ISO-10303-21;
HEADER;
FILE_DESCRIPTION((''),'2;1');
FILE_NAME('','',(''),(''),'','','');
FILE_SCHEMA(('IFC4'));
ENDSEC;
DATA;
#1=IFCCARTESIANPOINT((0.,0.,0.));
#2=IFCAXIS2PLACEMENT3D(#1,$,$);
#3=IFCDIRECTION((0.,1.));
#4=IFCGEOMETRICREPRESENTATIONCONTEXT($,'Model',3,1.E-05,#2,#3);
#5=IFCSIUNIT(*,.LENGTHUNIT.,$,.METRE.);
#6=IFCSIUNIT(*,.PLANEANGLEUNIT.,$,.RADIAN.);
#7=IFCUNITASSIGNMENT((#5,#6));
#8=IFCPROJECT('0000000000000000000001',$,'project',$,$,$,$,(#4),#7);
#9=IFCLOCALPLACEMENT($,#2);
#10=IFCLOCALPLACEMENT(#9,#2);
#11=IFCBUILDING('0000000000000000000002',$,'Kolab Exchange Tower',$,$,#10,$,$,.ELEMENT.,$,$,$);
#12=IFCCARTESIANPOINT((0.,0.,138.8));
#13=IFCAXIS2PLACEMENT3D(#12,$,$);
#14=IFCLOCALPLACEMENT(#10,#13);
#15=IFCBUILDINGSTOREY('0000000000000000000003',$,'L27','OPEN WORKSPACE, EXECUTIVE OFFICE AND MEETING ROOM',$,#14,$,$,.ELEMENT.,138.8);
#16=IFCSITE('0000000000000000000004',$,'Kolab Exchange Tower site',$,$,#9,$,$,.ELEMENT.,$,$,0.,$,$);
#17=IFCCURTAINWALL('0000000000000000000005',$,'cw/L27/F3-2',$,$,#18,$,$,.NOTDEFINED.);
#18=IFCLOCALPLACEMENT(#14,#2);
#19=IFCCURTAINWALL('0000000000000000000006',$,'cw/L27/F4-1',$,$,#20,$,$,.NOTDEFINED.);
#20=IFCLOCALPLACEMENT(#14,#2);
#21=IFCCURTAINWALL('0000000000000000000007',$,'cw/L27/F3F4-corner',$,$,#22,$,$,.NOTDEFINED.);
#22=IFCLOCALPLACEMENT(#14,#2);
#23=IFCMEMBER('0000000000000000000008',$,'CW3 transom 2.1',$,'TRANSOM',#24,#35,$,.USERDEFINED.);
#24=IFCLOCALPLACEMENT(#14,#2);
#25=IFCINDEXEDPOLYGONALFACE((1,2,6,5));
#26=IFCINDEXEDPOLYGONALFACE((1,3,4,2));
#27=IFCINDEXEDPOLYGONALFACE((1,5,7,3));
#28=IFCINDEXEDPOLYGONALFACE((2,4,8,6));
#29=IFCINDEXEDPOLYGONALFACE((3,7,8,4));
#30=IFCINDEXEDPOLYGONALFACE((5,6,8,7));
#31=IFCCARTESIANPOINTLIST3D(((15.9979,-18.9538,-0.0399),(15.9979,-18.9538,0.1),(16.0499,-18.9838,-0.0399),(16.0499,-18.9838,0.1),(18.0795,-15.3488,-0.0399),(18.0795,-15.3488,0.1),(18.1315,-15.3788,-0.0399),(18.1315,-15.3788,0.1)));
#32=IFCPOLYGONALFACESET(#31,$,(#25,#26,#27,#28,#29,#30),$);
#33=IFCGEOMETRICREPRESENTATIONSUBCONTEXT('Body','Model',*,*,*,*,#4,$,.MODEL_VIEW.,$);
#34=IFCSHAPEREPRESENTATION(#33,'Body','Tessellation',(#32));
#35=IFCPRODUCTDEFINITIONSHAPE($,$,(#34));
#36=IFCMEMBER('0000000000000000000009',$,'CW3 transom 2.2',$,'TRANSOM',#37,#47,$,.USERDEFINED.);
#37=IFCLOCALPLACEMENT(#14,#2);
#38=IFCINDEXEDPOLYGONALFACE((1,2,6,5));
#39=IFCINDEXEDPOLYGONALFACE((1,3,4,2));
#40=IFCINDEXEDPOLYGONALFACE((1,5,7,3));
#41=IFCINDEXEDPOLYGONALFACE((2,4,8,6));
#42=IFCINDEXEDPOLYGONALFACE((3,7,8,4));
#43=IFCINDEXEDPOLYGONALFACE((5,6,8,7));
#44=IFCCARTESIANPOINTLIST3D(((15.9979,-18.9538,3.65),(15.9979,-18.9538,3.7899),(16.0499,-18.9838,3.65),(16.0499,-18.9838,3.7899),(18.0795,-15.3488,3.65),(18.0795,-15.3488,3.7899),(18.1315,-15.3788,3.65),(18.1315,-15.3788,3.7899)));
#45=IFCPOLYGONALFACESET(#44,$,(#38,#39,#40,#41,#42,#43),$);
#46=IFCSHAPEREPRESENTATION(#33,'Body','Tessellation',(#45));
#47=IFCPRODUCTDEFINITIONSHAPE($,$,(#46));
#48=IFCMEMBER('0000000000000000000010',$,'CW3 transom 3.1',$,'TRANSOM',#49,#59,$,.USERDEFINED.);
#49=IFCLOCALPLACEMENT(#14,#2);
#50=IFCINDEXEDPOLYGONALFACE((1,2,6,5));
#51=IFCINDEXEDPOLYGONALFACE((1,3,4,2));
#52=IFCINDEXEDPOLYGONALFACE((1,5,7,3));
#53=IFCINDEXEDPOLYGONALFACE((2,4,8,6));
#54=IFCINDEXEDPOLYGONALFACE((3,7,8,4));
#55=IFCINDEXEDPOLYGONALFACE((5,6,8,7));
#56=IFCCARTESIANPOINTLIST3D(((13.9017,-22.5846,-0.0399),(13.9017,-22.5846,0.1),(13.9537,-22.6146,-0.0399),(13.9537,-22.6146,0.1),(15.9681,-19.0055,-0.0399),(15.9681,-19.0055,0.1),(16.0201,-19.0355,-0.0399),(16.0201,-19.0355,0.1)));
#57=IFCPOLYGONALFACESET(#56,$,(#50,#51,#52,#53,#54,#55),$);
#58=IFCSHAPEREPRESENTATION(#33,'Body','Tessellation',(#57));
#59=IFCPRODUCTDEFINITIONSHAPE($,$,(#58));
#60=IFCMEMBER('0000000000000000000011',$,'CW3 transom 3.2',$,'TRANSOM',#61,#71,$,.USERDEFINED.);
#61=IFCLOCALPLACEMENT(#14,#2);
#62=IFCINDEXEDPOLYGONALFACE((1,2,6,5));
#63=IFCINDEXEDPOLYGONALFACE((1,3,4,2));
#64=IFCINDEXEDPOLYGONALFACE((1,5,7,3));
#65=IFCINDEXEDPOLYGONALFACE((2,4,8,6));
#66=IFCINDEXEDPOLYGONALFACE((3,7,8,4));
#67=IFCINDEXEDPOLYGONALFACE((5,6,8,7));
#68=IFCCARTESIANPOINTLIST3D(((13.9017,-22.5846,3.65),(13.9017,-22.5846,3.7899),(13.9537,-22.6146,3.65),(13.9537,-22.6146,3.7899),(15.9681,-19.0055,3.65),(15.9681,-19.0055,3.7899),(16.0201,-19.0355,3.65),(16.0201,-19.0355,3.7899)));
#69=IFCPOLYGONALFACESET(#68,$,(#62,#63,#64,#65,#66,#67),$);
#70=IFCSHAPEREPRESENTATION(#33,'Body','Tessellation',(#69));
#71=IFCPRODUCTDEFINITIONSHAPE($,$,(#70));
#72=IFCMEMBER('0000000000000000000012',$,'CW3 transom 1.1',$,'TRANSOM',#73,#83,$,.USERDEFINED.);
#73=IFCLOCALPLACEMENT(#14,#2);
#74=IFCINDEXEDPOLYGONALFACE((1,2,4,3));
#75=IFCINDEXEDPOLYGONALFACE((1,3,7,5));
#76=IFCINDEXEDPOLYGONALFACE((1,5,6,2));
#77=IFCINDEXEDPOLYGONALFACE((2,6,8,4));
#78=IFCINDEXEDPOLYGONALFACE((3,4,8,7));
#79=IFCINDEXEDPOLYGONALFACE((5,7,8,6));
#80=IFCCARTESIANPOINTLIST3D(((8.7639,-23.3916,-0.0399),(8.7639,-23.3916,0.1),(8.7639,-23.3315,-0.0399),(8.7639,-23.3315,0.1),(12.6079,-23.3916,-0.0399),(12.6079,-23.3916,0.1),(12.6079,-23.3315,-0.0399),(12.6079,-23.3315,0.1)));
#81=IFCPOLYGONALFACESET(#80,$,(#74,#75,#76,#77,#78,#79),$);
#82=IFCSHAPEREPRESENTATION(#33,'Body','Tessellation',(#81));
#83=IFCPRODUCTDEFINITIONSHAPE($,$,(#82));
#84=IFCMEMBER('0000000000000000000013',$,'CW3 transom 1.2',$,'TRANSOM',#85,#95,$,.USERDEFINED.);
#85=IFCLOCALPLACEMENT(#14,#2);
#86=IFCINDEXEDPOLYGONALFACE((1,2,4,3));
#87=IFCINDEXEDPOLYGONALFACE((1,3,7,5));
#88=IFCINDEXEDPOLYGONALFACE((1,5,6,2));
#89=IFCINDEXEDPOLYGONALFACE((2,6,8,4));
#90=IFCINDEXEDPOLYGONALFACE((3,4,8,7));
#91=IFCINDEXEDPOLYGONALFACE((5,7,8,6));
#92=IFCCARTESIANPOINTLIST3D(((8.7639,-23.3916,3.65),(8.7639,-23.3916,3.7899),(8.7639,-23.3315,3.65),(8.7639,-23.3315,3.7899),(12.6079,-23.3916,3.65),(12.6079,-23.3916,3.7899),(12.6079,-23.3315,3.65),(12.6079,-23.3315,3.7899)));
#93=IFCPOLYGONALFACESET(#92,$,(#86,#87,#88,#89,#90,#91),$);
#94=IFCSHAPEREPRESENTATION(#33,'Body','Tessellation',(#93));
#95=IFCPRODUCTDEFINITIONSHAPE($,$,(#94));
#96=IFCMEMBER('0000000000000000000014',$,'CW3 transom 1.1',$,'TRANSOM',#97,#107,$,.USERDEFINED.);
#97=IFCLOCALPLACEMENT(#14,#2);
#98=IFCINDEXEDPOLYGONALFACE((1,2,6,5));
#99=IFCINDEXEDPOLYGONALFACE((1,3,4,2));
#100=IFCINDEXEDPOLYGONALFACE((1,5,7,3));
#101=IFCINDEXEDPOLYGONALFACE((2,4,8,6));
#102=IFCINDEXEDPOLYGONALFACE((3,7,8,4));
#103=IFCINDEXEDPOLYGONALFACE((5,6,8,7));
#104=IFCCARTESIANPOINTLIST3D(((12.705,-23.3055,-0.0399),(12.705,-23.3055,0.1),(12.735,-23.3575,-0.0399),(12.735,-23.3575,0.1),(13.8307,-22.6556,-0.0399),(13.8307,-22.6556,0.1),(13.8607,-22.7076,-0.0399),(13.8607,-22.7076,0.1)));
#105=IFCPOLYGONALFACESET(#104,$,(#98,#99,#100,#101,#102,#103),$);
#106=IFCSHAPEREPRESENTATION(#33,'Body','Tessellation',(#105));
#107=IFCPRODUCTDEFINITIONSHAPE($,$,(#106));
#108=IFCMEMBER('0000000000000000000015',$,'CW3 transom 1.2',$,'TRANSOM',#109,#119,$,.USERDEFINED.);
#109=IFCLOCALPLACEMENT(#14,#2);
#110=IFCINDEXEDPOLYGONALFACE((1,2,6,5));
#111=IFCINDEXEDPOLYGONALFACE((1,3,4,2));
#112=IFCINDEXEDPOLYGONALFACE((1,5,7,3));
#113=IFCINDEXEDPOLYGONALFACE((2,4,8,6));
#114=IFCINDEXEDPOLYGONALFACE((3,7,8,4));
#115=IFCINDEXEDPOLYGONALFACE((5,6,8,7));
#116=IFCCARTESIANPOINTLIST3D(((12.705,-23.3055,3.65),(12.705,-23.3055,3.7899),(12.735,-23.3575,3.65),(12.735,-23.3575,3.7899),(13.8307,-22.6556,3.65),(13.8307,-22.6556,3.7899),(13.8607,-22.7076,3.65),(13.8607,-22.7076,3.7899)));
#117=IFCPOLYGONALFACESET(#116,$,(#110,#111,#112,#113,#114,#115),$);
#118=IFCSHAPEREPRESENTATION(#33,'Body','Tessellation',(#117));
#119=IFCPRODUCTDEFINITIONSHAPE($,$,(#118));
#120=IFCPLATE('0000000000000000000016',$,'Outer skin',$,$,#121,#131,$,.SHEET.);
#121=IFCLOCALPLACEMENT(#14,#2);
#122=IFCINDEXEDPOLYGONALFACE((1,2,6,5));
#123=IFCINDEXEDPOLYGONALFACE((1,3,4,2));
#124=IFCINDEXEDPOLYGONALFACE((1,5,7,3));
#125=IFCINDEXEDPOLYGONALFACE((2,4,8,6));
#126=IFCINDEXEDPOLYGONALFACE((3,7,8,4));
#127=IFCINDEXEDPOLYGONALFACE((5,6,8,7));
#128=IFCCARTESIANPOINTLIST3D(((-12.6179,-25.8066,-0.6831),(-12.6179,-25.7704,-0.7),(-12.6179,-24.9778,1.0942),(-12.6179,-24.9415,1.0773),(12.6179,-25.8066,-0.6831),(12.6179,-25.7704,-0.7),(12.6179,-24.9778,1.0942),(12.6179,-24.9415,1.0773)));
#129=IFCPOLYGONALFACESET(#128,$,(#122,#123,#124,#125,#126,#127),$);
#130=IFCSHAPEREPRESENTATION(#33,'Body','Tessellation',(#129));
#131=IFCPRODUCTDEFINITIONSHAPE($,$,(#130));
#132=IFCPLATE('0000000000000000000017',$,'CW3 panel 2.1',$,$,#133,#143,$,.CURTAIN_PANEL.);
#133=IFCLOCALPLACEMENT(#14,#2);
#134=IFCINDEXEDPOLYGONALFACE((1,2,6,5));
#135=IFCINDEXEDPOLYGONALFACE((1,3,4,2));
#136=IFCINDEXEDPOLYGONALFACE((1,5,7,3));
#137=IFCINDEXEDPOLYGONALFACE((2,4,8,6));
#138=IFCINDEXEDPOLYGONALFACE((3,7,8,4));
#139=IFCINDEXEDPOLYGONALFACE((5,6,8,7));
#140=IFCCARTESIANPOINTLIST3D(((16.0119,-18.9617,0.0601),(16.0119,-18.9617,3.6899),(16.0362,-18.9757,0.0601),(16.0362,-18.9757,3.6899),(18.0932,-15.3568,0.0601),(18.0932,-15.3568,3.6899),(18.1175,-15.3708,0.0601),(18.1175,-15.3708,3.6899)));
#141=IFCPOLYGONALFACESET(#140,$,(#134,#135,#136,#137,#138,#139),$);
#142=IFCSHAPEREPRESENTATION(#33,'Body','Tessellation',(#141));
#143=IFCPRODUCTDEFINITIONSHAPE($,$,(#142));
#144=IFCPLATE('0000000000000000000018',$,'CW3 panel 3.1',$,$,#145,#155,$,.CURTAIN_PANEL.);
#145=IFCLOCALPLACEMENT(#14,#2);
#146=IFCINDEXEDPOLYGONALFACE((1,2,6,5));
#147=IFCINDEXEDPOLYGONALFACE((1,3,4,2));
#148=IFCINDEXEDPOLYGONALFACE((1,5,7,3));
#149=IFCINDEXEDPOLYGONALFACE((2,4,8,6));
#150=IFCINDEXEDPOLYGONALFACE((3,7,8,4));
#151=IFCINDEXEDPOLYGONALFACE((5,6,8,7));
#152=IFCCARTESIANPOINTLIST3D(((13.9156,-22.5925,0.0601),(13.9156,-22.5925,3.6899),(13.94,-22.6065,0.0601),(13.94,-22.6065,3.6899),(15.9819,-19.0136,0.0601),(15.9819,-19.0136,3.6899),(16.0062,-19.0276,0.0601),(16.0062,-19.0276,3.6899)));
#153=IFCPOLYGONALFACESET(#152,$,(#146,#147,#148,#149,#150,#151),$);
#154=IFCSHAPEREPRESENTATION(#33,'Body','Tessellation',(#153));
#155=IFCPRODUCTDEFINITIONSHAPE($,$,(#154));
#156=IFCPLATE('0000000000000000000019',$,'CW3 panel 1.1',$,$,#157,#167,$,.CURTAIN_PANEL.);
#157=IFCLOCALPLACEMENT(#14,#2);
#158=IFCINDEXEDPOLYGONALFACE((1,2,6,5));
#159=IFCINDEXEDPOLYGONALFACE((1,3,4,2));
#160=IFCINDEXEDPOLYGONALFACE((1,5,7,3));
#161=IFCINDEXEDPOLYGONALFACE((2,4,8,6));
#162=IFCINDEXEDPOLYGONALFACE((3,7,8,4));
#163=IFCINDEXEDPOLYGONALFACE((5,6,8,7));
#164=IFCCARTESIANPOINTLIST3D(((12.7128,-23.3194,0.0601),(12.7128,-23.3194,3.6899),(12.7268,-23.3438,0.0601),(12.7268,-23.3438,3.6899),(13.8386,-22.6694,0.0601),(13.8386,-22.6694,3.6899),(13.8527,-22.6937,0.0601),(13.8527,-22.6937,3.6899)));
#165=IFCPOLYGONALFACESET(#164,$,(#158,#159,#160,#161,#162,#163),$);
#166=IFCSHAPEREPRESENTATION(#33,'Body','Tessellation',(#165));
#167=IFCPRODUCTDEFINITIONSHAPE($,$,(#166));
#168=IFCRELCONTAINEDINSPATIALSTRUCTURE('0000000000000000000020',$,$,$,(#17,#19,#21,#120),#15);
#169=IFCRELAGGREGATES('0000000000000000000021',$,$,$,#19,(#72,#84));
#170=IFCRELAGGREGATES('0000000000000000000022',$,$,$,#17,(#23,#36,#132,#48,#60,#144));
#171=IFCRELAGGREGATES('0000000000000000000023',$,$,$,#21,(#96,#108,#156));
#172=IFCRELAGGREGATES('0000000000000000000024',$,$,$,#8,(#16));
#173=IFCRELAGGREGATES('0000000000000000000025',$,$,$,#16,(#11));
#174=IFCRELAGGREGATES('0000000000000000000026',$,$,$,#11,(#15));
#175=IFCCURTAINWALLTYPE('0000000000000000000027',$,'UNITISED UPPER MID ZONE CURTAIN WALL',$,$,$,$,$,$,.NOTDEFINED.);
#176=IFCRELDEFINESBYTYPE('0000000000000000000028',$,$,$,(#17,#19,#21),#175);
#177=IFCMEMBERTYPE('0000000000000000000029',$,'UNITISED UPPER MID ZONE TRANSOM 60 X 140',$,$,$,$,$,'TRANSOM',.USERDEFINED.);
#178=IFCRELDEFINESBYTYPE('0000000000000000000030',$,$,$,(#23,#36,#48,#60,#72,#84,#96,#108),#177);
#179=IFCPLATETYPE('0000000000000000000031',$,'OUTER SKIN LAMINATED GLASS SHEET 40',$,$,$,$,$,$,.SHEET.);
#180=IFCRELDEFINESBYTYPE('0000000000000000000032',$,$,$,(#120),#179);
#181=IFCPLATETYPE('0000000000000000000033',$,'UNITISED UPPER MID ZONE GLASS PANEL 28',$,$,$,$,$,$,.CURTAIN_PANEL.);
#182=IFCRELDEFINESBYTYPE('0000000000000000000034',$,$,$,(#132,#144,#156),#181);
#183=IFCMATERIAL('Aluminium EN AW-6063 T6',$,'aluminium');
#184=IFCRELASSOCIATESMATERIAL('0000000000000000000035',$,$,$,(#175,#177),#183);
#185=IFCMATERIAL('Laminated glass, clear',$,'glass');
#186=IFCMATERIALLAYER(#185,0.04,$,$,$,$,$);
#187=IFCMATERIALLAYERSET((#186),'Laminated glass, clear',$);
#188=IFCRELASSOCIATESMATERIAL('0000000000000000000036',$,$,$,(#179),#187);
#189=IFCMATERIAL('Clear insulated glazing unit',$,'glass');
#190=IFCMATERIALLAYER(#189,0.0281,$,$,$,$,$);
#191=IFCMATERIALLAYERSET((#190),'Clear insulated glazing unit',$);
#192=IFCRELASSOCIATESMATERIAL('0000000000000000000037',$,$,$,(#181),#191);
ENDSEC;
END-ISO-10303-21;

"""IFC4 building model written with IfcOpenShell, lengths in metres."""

from ifc_helpers import new_model, si_unit, direction, frame, origin, origin_2d, place, context, subcontext, project, spatial, polyline, rectangle, outline, extrude, material, layer, layer_set, material_profile, profile_set, type_object, element, aggregate, save


model = new_model("IFC4")

# Units and contexts
model_context = context("Model", 3, precision=1e-05, world=origin(), true_north=direction((0.0, 1.0)))
body_context = subcontext(model_context, "Body", "Model", "MODEL_VIEW")
ifc_project = project(units=[si_unit("LENGTHUNIT", "METRE"), si_unit("PLANEANGLEUNIT", "RADIAN")], contexts=[model_context])

# Site, building, storey
site_placement = place(None, origin())
site = spatial("IfcSite", under=ifc_project, at=site_placement, Name="Kolab Exchange Tower site", CompositionType="ELEMENT", RefElevation=0.0)
building_placement = place(site_placement, origin())
building = spatial("IfcBuilding", under=site, at=building_placement, Name="Kolab Exchange Tower", CompositionType="ELEMENT")
storey_placement = place(building_placement, frame((0.0, 0.0, 138.8)))
storey = spatial("IfcBuildingStorey", under=building, at=storey_placement, Name="L27", Description="OPEN WORKSPACE, EXECUTIVE OFFICE AND MEETING ROOM", CompositionType="ELEMENT", Elevation=138.8)

# Curtain wall
ifc_material_1 = material(Name="Aluminium EN AW-6063 T6", Category="aluminium")
curtain_wall_type = type_object("IfcCurtainWallType", Name="UNITISED UPPER MID ZONE CURTAIN WALL", PredefinedType="NOTDEFINED", material=ifc_material_1)
curtain_wall_1_placement = place(storey_placement, origin())
curtain_wall_1 = element("IfcCurtainWall", 1, at=curtain_wall_1_placement, inside=storey, type_object=curtain_wall_type, Name="cw/L27/F3-2", PredefinedType="NOTDEFINED")

# Curtain wall
curtain_wall_2_placement = place(storey_placement, origin())
curtain_wall_2 = element("IfcCurtainWall", 2, at=curtain_wall_2_placement, inside=storey, type_object=curtain_wall_type, Name="cw/L27/F4-1", PredefinedType="NOTDEFINED")

# Curtain wall
curtain_wall_3_placement = place(storey_placement, origin())
curtain_wall_3 = element("IfcCurtainWall", 3, at=curtain_wall_3_placement, inside=storey, type_object=curtain_wall_type, Name="cw/L27/F3F4-corner", PredefinedType="NOTDEFINED")

# Members
ifc_material_profile_1 = material_profile(ifc_material_1, rectangle(XDim=0.0601, YDim=0.1399, at=origin_2d()), Name="RECT 60X140")
ifc_profile_set_1 = profile_set([ifc_material_profile_1], Name="Aluminium EN AW-6063 T6")
member_type_1 = type_object("IfcMemberType", Name="UNITISED UPPER MID ZONE TRANSOM 60 X 140", ElementType="TRANSOM", PredefinedType="USERDEFINED", material=ifc_profile_set_1)
member_1_placement = place(storey_placement, frame((18.1055, -15.3638, 0.03), z_axis=(-0.500037, -0.866004, 0.0), x_axis=(0.866004, -0.500037, 0.0)))
member_1 = element("IfcMember", 4, at=member_1_placement, type_object=member_type_1, Name="CW3 transom 2.1", ObjectType="TRANSOM", PredefinedType="USERDEFINED", context=body_context, shape_type="SweptSolid", body=[
    extrude(rectangle(XDim=0.0601, YDim=0.1399, at=origin_2d()), origin(), (0.0, 0.0, 1.0), 4.1628),
])
member_2_placement = place(storey_placement, frame((18.1055, -15.3638, 3.72), z_axis=(-0.500037, -0.866004, 0.0), x_axis=(0.866004, -0.500037, 0.0)))
member_2 = element("IfcMember", 5, at=member_2_placement, type_object=member_type_1, Name="CW3 transom 2.2", ObjectType="TRANSOM", PredefinedType="USERDEFINED", context=body_context, shape_type="SweptSolid", body=[
    extrude(rectangle(XDim=0.0601, YDim=0.1399, at=origin_2d()), origin(), (0.0, 0.0, 1.0), 4.1628),
])
member_3_placement = place(storey_placement, frame((15.9941, -19.0205, 0.03), z_axis=(-0.500002, -0.866024, 0.0), x_axis=(0.866024, -0.500002, 0.0)))
member_3 = element("IfcMember", 6, at=member_3_placement, type_object=member_type_1, Name="CW3 transom 3.1", ObjectType="TRANSOM", PredefinedType="USERDEFINED", context=body_context, shape_type="SweptSolid", body=[
    extrude(rectangle(XDim=0.0601, YDim=0.1399, at=origin_2d()), origin(), (0.0, 0.0, 1.0), 4.1328),
])
member_4_placement = place(storey_placement, frame((15.9941, -19.0205, 3.72), z_axis=(-0.500002, -0.866024, 0.0), x_axis=(0.866024, -0.500002, 0.0)))
member_4 = element("IfcMember", 7, at=member_4_placement, type_object=member_type_1, Name="CW3 transom 3.2", ObjectType="TRANSOM", PredefinedType="USERDEFINED", context=body_context, shape_type="SweptSolid", body=[
    extrude(rectangle(XDim=0.0601, YDim=0.1399, at=origin_2d()), origin(), (0.0, 0.0, 1.0), 4.1328),
])
member_5_placement = place(storey_placement, frame((12.6079, -23.3616, 0.03), z_axis=(-1.0, 0.0, 0.0), x_axis=(0.0, -1.0, 0.0)))
member_5 = element("IfcMember", 8, at=member_5_placement, type_object=member_type_1, Name="CW3 transom 1.1", ObjectType="TRANSOM", PredefinedType="USERDEFINED", context=body_context, shape_type="SweptSolid", body=[
    extrude(rectangle(XDim=0.0601, YDim=0.1399, at=origin_2d()), origin(), (0.0, 0.0, 1.0), 3.844),
])
member_6_placement = place(storey_placement, frame((12.6079, -23.3616, 3.72), z_axis=(-1.0, 0.0, 0.0), x_axis=(0.0, -1.0, 0.0)))
member_6 = element("IfcMember", 9, at=member_6_placement, type_object=member_type_1, Name="CW3 transom 1.2", ObjectType="TRANSOM", PredefinedType="USERDEFINED", context=body_context, shape_type="SweptSolid", body=[
    extrude(rectangle(XDim=0.0601, YDim=0.1399, at=origin_2d()), origin(), (0.0, 0.0, 1.0), 3.844),
])
aggregate(curtain_wall_2, [member_5, member_6])
member_7_placement = place(storey_placement, frame((13.8457, -22.6816, 0.03), z_axis=(-0.866039, -0.499977, 0.0), x_axis=(0.499977, -0.866039, 0.0)))
member_7 = element("IfcMember", 10, at=member_7_placement, type_object=member_type_1, Name="CW3 transom 1.1", ObjectType="TRANSOM", PredefinedType="USERDEFINED", context=body_context, shape_type="SweptSolid", body=[
    extrude(rectangle(XDim=0.0601, YDim=0.1399, at=origin_2d()), origin(), (0.0, 0.0, 1.0), 1.2998),
])
member_8_placement = place(storey_placement, frame((13.8457, -22.6816, 3.72), z_axis=(-0.866039, -0.499977, 0.0), x_axis=(0.499977, -0.866039, 0.0)))
member_8 = element("IfcMember", 11, at=member_8_placement, type_object=member_type_1, Name="CW3 transom 1.2", ObjectType="TRANSOM", PredefinedType="USERDEFINED", context=body_context, shape_type="SweptSolid", body=[
    extrude(rectangle(XDim=0.0601, YDim=0.1399, at=origin_2d()), origin(), (0.0, 0.0, 1.0), 1.2998),
])

# Plates
ifc_material_2 = material(Name="Laminated glass, clear", Category="glass")
ifc_layer_1 = layer(ifc_material_2, 0.04)
ifc_layer_set_1 = layer_set([ifc_layer_1], Name="Laminated glass, clear")
plate_type_1 = type_object("IfcPlateType", Name="OUTER SKIN LAMINATED GLASS SHEET 40", PredefinedType="SHEET", material=ifc_layer_set_1)
plate_1_placement = place(storey_placement, frame((12.6179, -25.8066, -0.6831), z_axis=(0.0, -0.906294, 0.422647), x_axis=(-1.0, 0.0, 0.0)))
element("IfcPlate", 12, at=plate_1_placement, inside=storey, type_object=plate_type_1, Name="Outer skin", PredefinedType="SHEET", context=body_context, shape_type="SweptSolid", body=[
    extrude(outline(polyline([(0.0, 0.0), (25.2358, 0.0), (25.2358, -1.9611), (0.0, -1.9611), (0.0, 0.0)])), origin(), (0.0, 0.0, -1.0), 0.04),
])
ifc_material_3 = material(Name="Clear insulated glazing unit", Category="glass")
ifc_layer_2 = layer(ifc_material_3, 0.0281)
ifc_layer_set_2 = layer_set([ifc_layer_2], Name="Clear insulated glazing unit")
plate_type_2 = type_object("IfcPlateType", Name="UNITISED UPPER MID ZONE GLASS PANEL 28", PredefinedType="CURTAIN_PANEL", material=ifc_layer_set_2)
plate_2_placement = place(storey_placement, frame((17.0647, -17.1663, 0.0601), z_axis=(0.0, 0.0, 1.0), x_axis=(-0.5, -0.866025, 0.0)))
plate_2 = element("IfcPlate", 13, at=plate_2_placement, type_object=plate_type_2, Name="CW3 panel 2.1", PredefinedType="CURTAIN_PANEL", context=body_context, shape_type="SweptSolid", body=[
    extrude(rectangle(XDim=4.1626, YDim=0.0281, at=origin_2d()), origin(), (0.0, 0.0, 1.0), 3.6299),
])
plate_3_placement = place(storey_placement, frame((14.9609, -20.8101, 0.0601), z_axis=(0.0, 0.0, 1.0), x_axis=(-0.5, -0.866025, 0.0)))
plate_3 = element("IfcPlate", 14, at=plate_3_placement, type_object=plate_type_2, Name="CW3 panel 3.1", PredefinedType="CURTAIN_PANEL", context=body_context, shape_type="SweptSolid", body=[
    extrude(rectangle(XDim=4.1326, YDim=0.0281, at=origin_2d()), origin(), (0.0, 0.0, 1.0), 3.6299),
])
aggregate(curtain_wall_1, [member_1, member_2, plate_2, member_3, member_4, plate_3])
plate_4_placement = place(storey_placement, frame((13.2827, -23.0066, 0.0601), z_axis=(0.0, 0.0, 1.0), x_axis=(-0.866025, -0.5, 0.0)))
plate_4 = element("IfcPlate", 15, at=plate_4_placement, type_object=plate_type_2, Name="CW3 panel 1.1", PredefinedType="CURTAIN_PANEL", context=body_context, shape_type="SweptSolid", body=[
    extrude(rectangle(XDim=1.3, YDim=0.0281, at=origin_2d()), origin(), (0.0, 0.0, 1.0), 3.6299),
])
aggregate(curtain_wall_3, [member_7, member_8, plate_4])

save(model, "model.ifc")
